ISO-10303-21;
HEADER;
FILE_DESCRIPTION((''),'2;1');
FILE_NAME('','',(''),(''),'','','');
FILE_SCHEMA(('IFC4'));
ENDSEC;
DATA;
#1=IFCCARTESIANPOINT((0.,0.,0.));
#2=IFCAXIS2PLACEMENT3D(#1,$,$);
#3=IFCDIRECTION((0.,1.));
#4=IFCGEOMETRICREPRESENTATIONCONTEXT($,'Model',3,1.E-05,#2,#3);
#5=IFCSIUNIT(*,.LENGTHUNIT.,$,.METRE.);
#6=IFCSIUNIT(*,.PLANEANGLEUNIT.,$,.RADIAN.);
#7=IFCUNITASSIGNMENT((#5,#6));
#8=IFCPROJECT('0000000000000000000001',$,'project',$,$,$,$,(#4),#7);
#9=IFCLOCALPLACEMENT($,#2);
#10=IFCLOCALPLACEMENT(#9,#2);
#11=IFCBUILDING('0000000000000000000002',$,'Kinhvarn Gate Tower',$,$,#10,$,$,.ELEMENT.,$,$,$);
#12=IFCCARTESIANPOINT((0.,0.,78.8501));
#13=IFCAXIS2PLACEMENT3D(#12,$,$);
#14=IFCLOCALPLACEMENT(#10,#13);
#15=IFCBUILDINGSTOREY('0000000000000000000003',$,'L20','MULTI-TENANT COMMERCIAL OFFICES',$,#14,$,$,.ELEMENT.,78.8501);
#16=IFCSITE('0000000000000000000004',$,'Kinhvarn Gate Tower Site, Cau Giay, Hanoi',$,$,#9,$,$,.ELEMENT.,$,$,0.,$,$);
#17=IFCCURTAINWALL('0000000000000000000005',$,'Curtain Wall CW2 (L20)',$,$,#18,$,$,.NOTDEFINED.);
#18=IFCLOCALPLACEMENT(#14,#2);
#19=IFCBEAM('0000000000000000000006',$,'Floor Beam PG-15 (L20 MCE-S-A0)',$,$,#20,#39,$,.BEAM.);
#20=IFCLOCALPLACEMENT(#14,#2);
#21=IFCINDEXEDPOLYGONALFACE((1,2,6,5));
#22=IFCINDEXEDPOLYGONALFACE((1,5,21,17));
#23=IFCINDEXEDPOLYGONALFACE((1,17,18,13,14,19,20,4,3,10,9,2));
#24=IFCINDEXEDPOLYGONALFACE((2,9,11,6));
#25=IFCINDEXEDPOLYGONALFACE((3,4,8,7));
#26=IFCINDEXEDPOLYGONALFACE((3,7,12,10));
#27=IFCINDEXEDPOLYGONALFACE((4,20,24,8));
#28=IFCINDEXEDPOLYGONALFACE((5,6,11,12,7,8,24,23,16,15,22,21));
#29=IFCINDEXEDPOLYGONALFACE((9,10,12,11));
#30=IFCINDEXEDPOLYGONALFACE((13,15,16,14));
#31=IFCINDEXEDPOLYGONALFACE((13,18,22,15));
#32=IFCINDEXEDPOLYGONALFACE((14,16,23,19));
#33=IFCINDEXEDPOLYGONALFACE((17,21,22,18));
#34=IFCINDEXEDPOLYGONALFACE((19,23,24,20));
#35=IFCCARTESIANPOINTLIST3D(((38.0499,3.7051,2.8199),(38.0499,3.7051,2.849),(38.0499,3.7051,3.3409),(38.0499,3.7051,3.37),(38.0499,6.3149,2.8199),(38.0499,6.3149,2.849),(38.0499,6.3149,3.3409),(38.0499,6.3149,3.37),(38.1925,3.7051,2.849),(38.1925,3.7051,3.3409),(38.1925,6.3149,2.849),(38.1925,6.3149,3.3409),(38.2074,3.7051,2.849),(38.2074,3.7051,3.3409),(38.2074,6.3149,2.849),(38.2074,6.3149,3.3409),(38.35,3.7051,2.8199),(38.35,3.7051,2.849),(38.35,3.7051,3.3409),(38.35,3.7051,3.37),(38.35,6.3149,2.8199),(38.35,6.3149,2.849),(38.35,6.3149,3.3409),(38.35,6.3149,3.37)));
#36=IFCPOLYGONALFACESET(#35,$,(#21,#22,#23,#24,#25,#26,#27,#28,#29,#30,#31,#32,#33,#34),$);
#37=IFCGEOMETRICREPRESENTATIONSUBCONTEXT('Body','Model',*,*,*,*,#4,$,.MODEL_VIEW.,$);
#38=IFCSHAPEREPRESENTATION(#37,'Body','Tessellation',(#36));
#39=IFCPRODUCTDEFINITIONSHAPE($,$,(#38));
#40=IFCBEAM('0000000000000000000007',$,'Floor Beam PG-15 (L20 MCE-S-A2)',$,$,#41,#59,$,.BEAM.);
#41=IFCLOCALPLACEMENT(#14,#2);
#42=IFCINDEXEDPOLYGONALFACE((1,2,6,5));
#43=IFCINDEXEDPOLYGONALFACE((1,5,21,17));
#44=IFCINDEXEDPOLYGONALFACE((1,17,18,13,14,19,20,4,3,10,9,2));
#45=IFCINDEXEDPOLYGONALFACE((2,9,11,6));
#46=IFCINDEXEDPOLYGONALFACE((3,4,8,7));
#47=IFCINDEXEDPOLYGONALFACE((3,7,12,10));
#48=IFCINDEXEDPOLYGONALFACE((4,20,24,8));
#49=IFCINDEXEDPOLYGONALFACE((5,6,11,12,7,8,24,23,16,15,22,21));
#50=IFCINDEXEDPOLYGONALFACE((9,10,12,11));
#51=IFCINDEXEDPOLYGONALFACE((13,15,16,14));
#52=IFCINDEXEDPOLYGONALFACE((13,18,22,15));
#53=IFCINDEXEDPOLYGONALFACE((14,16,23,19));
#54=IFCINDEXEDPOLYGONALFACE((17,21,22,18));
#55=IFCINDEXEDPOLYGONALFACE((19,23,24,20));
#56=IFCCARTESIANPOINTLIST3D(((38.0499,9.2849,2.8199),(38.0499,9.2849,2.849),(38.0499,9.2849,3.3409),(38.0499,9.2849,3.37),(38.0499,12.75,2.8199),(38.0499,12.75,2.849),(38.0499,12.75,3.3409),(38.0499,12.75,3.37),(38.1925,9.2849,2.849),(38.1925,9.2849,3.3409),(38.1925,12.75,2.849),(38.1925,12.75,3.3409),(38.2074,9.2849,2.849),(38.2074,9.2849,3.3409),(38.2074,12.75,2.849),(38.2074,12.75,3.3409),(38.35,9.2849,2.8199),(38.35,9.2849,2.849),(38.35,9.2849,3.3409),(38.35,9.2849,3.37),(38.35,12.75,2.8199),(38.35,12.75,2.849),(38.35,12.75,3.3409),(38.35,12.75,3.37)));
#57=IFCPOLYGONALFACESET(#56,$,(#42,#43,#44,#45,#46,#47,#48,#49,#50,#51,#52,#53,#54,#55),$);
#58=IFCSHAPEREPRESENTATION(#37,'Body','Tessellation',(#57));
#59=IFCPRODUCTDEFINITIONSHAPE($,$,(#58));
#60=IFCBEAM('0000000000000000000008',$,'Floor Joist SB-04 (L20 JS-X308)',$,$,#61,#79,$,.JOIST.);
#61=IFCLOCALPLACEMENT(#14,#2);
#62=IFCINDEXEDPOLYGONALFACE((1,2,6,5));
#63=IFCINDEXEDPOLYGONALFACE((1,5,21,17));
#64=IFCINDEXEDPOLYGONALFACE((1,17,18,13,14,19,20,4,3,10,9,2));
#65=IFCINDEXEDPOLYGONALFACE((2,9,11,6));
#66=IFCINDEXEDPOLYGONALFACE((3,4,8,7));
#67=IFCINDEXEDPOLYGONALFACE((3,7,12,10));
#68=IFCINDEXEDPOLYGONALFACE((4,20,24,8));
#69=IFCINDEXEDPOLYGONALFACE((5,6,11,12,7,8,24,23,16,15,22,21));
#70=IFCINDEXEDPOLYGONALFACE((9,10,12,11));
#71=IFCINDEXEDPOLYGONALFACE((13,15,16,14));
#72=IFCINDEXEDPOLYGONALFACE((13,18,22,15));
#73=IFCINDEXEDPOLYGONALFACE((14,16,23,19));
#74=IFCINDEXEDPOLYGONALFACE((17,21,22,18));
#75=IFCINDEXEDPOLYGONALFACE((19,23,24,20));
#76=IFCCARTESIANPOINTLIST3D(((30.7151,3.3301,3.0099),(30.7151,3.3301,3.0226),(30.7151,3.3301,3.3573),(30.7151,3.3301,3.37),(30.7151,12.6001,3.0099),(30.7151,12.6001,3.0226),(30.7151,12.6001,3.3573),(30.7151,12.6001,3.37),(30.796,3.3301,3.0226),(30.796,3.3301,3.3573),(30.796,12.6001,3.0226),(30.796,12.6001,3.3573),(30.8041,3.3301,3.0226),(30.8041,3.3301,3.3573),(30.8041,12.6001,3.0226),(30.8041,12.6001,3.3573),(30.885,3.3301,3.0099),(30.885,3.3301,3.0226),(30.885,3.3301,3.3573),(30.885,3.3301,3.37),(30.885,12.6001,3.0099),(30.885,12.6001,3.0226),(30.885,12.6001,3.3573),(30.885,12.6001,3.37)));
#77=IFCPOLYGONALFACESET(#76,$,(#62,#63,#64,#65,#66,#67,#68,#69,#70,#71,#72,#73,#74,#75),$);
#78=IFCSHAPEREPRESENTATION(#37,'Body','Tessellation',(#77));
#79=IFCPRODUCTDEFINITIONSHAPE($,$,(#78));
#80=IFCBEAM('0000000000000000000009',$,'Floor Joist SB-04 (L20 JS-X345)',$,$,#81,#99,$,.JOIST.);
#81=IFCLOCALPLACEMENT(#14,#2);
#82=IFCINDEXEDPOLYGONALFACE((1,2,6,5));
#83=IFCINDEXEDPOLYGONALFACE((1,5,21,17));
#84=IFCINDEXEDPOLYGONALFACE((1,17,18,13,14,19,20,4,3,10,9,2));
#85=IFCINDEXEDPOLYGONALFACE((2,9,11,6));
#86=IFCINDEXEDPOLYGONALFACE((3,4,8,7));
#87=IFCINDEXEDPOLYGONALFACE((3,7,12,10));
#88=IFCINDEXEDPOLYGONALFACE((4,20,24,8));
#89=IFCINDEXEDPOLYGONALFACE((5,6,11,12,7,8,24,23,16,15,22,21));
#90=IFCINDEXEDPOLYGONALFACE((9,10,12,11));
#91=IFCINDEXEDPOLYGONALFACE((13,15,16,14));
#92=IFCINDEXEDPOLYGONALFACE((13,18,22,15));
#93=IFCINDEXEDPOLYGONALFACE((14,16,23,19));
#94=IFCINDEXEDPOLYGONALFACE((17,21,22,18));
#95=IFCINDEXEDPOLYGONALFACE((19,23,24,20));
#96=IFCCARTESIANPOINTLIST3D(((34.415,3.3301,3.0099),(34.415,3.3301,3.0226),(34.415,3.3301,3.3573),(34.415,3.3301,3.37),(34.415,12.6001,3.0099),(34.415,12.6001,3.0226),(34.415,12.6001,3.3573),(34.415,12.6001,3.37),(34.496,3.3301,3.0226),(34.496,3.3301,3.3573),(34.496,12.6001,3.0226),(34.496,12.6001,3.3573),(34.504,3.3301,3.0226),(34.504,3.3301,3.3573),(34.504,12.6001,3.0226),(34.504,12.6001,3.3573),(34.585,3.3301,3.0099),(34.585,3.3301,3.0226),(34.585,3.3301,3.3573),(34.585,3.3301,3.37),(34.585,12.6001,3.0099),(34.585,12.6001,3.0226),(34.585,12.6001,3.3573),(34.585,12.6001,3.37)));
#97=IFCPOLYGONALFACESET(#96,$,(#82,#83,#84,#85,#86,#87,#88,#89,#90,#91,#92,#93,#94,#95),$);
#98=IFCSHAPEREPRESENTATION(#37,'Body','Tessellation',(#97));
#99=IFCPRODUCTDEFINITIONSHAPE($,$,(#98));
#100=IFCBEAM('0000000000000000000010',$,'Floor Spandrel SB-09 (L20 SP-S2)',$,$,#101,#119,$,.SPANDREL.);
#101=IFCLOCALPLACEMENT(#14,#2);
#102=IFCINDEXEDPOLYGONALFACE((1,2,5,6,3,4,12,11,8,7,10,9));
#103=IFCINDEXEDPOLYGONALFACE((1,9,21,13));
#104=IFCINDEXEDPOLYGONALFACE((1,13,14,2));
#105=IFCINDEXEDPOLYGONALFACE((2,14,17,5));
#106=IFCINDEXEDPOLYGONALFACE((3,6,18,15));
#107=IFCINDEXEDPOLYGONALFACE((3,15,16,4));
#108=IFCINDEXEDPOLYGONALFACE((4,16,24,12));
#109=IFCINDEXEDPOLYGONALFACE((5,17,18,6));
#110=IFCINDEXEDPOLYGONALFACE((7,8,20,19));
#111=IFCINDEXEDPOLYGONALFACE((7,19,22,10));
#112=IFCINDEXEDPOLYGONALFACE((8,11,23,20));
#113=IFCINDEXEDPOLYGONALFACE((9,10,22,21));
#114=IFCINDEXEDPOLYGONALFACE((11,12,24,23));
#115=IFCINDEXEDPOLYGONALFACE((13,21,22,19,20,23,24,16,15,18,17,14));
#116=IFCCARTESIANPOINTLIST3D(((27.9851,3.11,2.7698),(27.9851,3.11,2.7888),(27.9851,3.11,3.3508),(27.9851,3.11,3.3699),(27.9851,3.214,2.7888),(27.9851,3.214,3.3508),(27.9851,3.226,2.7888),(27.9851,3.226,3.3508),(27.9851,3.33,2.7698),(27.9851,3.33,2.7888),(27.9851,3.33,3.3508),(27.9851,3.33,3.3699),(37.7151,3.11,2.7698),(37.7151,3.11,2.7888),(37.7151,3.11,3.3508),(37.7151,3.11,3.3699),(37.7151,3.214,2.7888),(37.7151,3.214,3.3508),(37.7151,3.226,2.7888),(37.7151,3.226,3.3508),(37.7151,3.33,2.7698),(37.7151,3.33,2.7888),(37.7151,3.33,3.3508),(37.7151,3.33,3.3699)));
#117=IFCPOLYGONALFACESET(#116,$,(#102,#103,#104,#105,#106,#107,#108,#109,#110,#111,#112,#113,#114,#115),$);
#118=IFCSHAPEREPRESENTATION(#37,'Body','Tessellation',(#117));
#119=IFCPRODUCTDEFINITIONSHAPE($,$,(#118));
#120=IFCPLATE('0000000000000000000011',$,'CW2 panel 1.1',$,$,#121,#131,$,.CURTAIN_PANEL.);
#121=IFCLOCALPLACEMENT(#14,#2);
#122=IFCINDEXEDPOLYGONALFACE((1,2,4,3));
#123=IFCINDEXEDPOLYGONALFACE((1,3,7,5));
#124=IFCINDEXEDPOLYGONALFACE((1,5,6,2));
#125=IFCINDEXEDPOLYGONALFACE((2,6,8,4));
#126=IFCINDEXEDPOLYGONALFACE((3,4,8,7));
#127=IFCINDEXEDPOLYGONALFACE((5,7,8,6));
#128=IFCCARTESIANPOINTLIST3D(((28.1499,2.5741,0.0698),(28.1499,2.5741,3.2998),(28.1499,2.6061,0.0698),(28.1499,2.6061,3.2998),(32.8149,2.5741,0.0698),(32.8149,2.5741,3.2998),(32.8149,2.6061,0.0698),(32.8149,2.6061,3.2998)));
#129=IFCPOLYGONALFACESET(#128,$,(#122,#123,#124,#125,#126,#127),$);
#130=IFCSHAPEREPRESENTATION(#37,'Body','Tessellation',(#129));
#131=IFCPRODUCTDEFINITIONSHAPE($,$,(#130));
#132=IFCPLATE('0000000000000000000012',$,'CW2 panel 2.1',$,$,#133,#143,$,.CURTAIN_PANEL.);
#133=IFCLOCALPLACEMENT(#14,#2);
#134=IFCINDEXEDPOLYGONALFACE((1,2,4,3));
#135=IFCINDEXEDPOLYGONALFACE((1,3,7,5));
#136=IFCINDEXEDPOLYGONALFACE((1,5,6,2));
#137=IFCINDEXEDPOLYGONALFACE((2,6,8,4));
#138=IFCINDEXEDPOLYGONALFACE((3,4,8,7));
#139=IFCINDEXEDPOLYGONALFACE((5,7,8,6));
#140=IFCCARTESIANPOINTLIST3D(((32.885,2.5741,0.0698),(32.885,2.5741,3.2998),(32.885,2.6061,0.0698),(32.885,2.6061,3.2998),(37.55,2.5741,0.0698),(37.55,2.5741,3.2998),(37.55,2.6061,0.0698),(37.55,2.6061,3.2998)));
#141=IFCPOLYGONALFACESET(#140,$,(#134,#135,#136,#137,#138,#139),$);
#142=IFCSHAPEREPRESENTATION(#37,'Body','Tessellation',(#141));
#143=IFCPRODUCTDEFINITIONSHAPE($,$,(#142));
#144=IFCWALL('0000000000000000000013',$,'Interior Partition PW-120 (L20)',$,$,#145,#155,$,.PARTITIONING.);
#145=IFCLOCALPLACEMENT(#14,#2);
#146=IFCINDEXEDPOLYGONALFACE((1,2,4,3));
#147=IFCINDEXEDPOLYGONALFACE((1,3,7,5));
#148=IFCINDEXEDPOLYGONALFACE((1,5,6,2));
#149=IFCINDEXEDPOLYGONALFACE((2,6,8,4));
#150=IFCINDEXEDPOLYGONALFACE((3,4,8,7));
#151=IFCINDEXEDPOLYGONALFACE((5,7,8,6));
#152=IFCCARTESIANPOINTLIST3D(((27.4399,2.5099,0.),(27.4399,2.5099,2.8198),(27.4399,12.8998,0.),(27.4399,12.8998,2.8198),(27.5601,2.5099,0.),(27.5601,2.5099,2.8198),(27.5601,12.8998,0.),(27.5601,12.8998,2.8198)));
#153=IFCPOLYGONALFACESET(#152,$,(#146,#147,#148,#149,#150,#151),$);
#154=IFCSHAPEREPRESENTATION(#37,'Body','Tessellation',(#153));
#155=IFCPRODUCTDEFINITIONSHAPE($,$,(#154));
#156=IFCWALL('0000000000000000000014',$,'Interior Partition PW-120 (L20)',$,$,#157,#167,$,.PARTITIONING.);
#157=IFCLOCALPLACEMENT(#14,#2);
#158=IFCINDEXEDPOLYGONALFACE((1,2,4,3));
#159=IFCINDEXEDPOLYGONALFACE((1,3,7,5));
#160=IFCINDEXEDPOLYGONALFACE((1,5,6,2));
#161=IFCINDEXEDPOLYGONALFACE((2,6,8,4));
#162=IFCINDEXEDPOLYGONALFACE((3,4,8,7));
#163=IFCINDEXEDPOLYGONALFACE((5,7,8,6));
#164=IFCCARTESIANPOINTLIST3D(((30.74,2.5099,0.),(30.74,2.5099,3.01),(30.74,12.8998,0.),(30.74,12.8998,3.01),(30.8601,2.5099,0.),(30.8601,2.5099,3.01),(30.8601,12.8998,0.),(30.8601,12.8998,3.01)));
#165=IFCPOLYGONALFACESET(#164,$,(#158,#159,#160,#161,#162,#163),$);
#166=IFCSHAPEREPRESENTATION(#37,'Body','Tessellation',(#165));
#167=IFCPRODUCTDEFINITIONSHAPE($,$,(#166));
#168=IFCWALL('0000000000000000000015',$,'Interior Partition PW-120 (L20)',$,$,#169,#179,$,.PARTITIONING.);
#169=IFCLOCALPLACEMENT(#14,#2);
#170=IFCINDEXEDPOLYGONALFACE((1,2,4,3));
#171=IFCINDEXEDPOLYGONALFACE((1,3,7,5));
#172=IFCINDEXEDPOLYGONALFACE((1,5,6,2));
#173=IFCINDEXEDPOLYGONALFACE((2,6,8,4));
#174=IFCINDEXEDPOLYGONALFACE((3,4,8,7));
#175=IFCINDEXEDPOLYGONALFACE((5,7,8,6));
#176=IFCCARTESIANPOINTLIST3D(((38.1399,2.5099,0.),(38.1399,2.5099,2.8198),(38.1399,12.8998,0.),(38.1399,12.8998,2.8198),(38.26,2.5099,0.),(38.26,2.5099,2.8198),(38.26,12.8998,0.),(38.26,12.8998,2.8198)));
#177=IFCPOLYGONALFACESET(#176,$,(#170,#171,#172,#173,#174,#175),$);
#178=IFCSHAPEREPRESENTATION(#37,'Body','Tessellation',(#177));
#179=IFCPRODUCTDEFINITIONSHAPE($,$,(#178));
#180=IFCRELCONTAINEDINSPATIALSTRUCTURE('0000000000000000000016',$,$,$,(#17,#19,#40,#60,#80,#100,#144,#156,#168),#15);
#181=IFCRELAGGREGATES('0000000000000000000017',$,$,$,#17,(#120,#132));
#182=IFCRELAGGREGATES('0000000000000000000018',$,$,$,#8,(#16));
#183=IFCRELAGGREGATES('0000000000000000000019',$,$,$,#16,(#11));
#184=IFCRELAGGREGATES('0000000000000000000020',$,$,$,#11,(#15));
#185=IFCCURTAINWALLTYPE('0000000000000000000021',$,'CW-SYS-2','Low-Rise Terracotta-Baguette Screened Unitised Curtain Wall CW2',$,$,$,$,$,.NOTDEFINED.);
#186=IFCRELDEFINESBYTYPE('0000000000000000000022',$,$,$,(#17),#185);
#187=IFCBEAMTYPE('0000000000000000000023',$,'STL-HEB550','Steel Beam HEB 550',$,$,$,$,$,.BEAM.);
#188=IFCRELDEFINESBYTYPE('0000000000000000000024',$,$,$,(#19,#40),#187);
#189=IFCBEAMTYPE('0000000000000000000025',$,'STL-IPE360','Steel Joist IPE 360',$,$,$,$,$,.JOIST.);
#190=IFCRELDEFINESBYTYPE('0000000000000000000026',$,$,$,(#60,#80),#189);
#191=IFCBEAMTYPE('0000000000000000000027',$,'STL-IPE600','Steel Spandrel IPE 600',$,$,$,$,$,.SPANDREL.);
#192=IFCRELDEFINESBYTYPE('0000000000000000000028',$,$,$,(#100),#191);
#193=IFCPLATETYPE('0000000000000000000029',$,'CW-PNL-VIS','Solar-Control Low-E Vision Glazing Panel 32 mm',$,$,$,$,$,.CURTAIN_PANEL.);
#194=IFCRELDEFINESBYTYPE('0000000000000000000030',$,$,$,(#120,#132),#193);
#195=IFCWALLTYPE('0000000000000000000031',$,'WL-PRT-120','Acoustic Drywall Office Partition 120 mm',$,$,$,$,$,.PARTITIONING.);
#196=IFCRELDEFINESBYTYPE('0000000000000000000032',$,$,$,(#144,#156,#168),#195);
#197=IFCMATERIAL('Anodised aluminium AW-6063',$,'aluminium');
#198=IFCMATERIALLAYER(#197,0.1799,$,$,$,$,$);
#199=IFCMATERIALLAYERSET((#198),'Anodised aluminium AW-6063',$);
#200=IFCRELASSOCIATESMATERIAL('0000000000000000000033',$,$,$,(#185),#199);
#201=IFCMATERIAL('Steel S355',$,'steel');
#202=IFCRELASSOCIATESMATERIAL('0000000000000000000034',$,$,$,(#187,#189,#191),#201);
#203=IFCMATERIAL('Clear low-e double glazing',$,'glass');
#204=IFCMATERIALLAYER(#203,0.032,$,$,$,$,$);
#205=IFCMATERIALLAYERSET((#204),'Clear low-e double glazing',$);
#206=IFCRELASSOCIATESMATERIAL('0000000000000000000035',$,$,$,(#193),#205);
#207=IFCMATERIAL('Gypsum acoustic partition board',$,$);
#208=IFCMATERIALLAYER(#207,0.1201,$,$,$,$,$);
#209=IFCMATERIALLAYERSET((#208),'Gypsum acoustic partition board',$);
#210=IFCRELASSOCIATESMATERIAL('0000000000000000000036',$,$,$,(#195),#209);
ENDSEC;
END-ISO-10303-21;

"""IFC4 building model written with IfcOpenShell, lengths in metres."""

from ifc_helpers import new_model, si_unit, direction, frame, frame_2d, origin, origin_2d, place, context, subcontext, project, spatial, rectangle, i_section, extrude, material, layer, layer_set, material_profile, profile_set, type_object, element, aggregate, save


model = new_model("IFC4")

# Units and contexts
model_context = context("Model", 3, precision=1e-05, world=origin(), true_north=direction((0.0, 1.0)))
body_context = subcontext(model_context, "Body", "Model", "MODEL_VIEW")
ifc_project = project(units=[si_unit("LENGTHUNIT", "METRE"), si_unit("PLANEANGLEUNIT", "RADIAN")], contexts=[model_context])

# Site, building, storey
site_placement = place(None, origin())
site = spatial("IfcSite", under=ifc_project, at=site_placement, Name="Kinhvarn Gate Tower Site, Cau Giay, Hanoi", CompositionType="ELEMENT", RefElevation=0.0)
building_placement = place(site_placement, origin())
building = spatial("IfcBuilding", under=site, at=building_placement, Name="Kinhvarn Gate Tower", CompositionType="ELEMENT")
storey_placement = place(building_placement, frame((0.0, 0.0, 78.8501)))
storey = spatial("IfcBuildingStorey", under=building, at=storey_placement, Name="L20", Description="MULTI-TENANT COMMERCIAL OFFICES", CompositionType="ELEMENT", Elevation=78.8501)

# Shared definitions
ifc_material_1 = material(Name="Anodised aluminium AW-6063", Category="aluminium")
ifc_layer_1 = layer(ifc_material_1, 0.1799)
ifc_layer_set_1 = layer_set([ifc_layer_1], Name="Anodised aluminium AW-6063")
curtain_wall_type = type_object("IfcCurtainWallType", Name="CW-SYS-2", Description="Low-Rise Terracotta-Baguette Screened Unitised Curtain Wall CW2", PredefinedType="NOTDEFINED", material=ifc_layer_set_1)

# Curtain wall
curtain_wall_1_placement = place(storey_placement, origin())
curtain_wall_1 = element("IfcCurtainWall", 1, at=curtain_wall_1_placement, inside=storey, type_object=curtain_wall_type, Name="Curtain Wall CW2 (L20)", PredefinedType="NOTDEFINED")

# Beams
ifc_material_2 = material(Name="Steel S355", Category="steel")
ifc_material_profile_1 = material_profile(ifc_material_2, i_section(OverallWidth=0.3, OverallDepth=0.55, WebThickness=0.0149, FlangeThickness=0.0291, at=origin_2d()), Name="HEB 550")
ifc_profile_set_1 = profile_set([ifc_material_profile_1], Name="Steel S355")
beam_type_1 = type_object("IfcBeamType", Name="STL-HEB550", Description="Steel Beam HEB 550", PredefinedType="BEAM", material=ifc_profile_set_1)
beam_1_placement = place(storey_placement, frame((38.2, 3.7051, 3.095), z_axis=(0.0, 1.0, 0.0), x_axis=(-1.0, 0.0, 0.0)))
element("IfcBeam", 2, at=beam_1_placement, inside=storey, type_object=beam_type_1, Name="Floor Beam PG-15 (L20 MCE-S-A0)", PredefinedType="BEAM", context=body_context, shape_type="SweptSolid", body=[
    extrude(i_section(OverallWidth=0.3, OverallDepth=0.55, WebThickness=0.0149, FlangeThickness=0.0291, at=origin_2d()), origin(), (0.0, 0.0, 1.0), 2.6099),
])
beam_2_placement = place(storey_placement, frame((38.2, 9.2849, 3.095), z_axis=(0.0, 1.0, 0.0), x_axis=(-1.0, 0.0, 0.0)))
element("IfcBeam", 3, at=beam_2_placement, inside=storey, type_object=beam_type_1, Name="Floor Beam PG-15 (L20 MCE-S-A2)", PredefinedType="BEAM", context=body_context, shape_type="SweptSolid", body=[
    extrude(i_section(OverallWidth=0.3, OverallDepth=0.55, WebThickness=0.0149, FlangeThickness=0.0291, at=origin_2d()), origin(), (0.0, 0.0, 1.0), 3.4651),
])
ifc_material_profile_2 = material_profile(ifc_material_2, i_section(OverallWidth=0.1699, OverallDepth=0.3601, WebThickness=0.0081, FlangeThickness=0.0127, at=origin_2d()), Name="IPE 360")
ifc_profile_set_2 = profile_set([ifc_material_profile_2], Name="Steel S355")
beam_type_2 = type_object("IfcBeamType", Name="STL-IPE360", Description="Steel Joist IPE 360", PredefinedType="JOIST", material=ifc_profile_set_2)
for number, where, z_axis, x_axis, name in (
    (4, (30.8, 3.3301, 3.1899), (0.0, 1.0, 0.0), (-1.0, 0.0, 0.0), "Floor Joist SB-04 (L20 JS-X308)"),
    (5, (34.5, 3.3301, 3.1899), (0.0, 1.0, 0.0), (-1.0, 0.0, 0.0), "Floor Joist SB-04 (L20 JS-X345)"),
):
    element("IfcBeam", number, at=place(storey_placement, frame(where, z_axis=z_axis, x_axis=x_axis)), inside=storey, type_object=beam_type_2, Name=name, PredefinedType="JOIST", context=body_context, shape_type="SweptSolid", body=[
        extrude(i_section(OverallWidth=0.1699, OverallDepth=0.3601, WebThickness=0.0081, FlangeThickness=0.0127, at=origin_2d()), origin(), (0.0, 0.0, 1.0), 9.27),
    ])
ifc_material_profile_3 = material_profile(ifc_material_2, i_section(OverallWidth=0.22, OverallDepth=0.6001, WebThickness=0.012, FlangeThickness=0.019, at=origin_2d()), Name="IPE 600")
ifc_profile_set_3 = profile_set([ifc_material_profile_3], Name="Steel S355")
beam_type_3 = type_object("IfcBeamType", Name="STL-IPE600", Description="Steel Spandrel IPE 600", PredefinedType="SPANDREL", material=ifc_profile_set_3)
beam_3_placement = place(storey_placement, frame((27.9851, 3.22, 3.0698), z_axis=(1.0, 0.0, 0.0), x_axis=(0.0, 1.0, 0.0)))
element("IfcBeam", 6, at=beam_3_placement, inside=storey, type_object=beam_type_3, Name="Floor Spandrel SB-09 (L20 SP-S2)", PredefinedType="SPANDREL", context=body_context, shape_type="SweptSolid", body=[
    extrude(i_section(OverallWidth=0.22, OverallDepth=0.6001, WebThickness=0.012, FlangeThickness=0.019, at=origin_2d()), origin(), (0.0, 0.0, 1.0), 9.73),
])

# Plates
ifc_material_3 = material(Name="Clear low-e double glazing", Category="glass")
ifc_layer_2 = layer(ifc_material_3, 0.032)
ifc_layer_set_2 = layer_set([ifc_layer_2], Name="Clear low-e double glazing")
plate_type = type_object("IfcPlateType", Name="CW-PNL-VIS", Description="Solar-Control Low-E Vision Glazing Panel 32 mm", PredefinedType="CURTAIN_PANEL", material=ifc_layer_set_2)
plate_1_placement = place(storey_placement, frame((30.4824, 2.5901, 0.0698), z_axis=(0.0, 0.0, 1.0), x_axis=(1.0, 0.0, 0.0)))
plate_1 = element("IfcPlate", 7, at=plate_1_placement, type_object=plate_type, Name="CW2 panel 1.1", PredefinedType="CURTAIN_PANEL", context=body_context, shape_type="SweptSolid", body=[
    extrude(rectangle(XDim=4.665, YDim=0.032, at=origin_2d()), origin(), (0.0, 0.0, 1.0), 3.23),
])
plate_2_placement = place(storey_placement, frame((35.2175, 2.5901, 0.0698), z_axis=(0.0, 0.0, 1.0), x_axis=(1.0, 0.0, 0.0)))
plate_2 = element("IfcPlate", 8, at=plate_2_placement, type_object=plate_type, Name="CW2 panel 2.1", PredefinedType="CURTAIN_PANEL", context=body_context, shape_type="SweptSolid", body=[
    extrude(rectangle(XDim=4.665, YDim=0.032, at=origin_2d()), origin(), (0.0, 0.0, 1.0), 3.23),
])
aggregate(curtain_wall_1, [plate_1, plate_2])

# Walls
ifc_material_4 = material(Name="Gypsum acoustic partition board")
ifc_layer_3 = layer(ifc_material_4, 0.1201)
ifc_layer_set_3 = layer_set([ifc_layer_3], Name="Gypsum acoustic partition board")
wall_type = type_object("IfcWallType", Name="WL-PRT-120", Description="Acoustic Drywall Office Partition 120 mm", PredefinedType="PARTITIONING", material=ifc_layer_set_3)
wall_1_placement = place(storey_placement, frame((27.5, 2.51, 0.0), z_axis=(0.0, 0.0, 1.0), x_axis=(0.0, 1.0, 0.0)))
element("IfcWall", 9, at=wall_1_placement, inside=storey, type_object=wall_type, Name="Interior Partition PW-120 (L20)", PredefinedType="PARTITIONING", context=body_context, shape_type="SweptSolid", body=[
    extrude(rectangle(XDim=10.3899, YDim=0.1201, at=frame_2d((5.1948, 0.0))), origin(), (0.0, 0.0, 1.0), 2.8198),
])
wall_2_placement = place(storey_placement, frame((30.8, 2.51, 0.0), z_axis=(0.0, 0.0, 1.0), x_axis=(0.0, 1.0, 0.0)))
element("IfcWall", 10, at=wall_2_placement, inside=storey, type_object=wall_type, Name="Interior Partition PW-120 (L20)", PredefinedType="PARTITIONING", context=body_context, shape_type="SweptSolid", body=[
    extrude(rectangle(XDim=10.3899, YDim=0.1201, at=frame_2d((5.1948, 0.0))), origin(), (0.0, 0.0, 1.0), 3.01),
])
wall_3_placement = place(storey_placement, frame((38.2, 2.51, 0.0), z_axis=(0.0, 0.0, 1.0), x_axis=(0.0, 1.0, 0.0)))
element("IfcWall", 11, at=wall_3_placement, inside=storey, type_object=wall_type, Name="Interior Partition PW-120 (L20)", PredefinedType="PARTITIONING", context=body_context, shape_type="SweptSolid", body=[
    extrude(rectangle(XDim=10.3899, YDim=0.1201, at=frame_2d((5.1948, 0.0))), origin(), (0.0, 0.0, 1.0), 2.8198),
])

save(model, "model.ifc")
